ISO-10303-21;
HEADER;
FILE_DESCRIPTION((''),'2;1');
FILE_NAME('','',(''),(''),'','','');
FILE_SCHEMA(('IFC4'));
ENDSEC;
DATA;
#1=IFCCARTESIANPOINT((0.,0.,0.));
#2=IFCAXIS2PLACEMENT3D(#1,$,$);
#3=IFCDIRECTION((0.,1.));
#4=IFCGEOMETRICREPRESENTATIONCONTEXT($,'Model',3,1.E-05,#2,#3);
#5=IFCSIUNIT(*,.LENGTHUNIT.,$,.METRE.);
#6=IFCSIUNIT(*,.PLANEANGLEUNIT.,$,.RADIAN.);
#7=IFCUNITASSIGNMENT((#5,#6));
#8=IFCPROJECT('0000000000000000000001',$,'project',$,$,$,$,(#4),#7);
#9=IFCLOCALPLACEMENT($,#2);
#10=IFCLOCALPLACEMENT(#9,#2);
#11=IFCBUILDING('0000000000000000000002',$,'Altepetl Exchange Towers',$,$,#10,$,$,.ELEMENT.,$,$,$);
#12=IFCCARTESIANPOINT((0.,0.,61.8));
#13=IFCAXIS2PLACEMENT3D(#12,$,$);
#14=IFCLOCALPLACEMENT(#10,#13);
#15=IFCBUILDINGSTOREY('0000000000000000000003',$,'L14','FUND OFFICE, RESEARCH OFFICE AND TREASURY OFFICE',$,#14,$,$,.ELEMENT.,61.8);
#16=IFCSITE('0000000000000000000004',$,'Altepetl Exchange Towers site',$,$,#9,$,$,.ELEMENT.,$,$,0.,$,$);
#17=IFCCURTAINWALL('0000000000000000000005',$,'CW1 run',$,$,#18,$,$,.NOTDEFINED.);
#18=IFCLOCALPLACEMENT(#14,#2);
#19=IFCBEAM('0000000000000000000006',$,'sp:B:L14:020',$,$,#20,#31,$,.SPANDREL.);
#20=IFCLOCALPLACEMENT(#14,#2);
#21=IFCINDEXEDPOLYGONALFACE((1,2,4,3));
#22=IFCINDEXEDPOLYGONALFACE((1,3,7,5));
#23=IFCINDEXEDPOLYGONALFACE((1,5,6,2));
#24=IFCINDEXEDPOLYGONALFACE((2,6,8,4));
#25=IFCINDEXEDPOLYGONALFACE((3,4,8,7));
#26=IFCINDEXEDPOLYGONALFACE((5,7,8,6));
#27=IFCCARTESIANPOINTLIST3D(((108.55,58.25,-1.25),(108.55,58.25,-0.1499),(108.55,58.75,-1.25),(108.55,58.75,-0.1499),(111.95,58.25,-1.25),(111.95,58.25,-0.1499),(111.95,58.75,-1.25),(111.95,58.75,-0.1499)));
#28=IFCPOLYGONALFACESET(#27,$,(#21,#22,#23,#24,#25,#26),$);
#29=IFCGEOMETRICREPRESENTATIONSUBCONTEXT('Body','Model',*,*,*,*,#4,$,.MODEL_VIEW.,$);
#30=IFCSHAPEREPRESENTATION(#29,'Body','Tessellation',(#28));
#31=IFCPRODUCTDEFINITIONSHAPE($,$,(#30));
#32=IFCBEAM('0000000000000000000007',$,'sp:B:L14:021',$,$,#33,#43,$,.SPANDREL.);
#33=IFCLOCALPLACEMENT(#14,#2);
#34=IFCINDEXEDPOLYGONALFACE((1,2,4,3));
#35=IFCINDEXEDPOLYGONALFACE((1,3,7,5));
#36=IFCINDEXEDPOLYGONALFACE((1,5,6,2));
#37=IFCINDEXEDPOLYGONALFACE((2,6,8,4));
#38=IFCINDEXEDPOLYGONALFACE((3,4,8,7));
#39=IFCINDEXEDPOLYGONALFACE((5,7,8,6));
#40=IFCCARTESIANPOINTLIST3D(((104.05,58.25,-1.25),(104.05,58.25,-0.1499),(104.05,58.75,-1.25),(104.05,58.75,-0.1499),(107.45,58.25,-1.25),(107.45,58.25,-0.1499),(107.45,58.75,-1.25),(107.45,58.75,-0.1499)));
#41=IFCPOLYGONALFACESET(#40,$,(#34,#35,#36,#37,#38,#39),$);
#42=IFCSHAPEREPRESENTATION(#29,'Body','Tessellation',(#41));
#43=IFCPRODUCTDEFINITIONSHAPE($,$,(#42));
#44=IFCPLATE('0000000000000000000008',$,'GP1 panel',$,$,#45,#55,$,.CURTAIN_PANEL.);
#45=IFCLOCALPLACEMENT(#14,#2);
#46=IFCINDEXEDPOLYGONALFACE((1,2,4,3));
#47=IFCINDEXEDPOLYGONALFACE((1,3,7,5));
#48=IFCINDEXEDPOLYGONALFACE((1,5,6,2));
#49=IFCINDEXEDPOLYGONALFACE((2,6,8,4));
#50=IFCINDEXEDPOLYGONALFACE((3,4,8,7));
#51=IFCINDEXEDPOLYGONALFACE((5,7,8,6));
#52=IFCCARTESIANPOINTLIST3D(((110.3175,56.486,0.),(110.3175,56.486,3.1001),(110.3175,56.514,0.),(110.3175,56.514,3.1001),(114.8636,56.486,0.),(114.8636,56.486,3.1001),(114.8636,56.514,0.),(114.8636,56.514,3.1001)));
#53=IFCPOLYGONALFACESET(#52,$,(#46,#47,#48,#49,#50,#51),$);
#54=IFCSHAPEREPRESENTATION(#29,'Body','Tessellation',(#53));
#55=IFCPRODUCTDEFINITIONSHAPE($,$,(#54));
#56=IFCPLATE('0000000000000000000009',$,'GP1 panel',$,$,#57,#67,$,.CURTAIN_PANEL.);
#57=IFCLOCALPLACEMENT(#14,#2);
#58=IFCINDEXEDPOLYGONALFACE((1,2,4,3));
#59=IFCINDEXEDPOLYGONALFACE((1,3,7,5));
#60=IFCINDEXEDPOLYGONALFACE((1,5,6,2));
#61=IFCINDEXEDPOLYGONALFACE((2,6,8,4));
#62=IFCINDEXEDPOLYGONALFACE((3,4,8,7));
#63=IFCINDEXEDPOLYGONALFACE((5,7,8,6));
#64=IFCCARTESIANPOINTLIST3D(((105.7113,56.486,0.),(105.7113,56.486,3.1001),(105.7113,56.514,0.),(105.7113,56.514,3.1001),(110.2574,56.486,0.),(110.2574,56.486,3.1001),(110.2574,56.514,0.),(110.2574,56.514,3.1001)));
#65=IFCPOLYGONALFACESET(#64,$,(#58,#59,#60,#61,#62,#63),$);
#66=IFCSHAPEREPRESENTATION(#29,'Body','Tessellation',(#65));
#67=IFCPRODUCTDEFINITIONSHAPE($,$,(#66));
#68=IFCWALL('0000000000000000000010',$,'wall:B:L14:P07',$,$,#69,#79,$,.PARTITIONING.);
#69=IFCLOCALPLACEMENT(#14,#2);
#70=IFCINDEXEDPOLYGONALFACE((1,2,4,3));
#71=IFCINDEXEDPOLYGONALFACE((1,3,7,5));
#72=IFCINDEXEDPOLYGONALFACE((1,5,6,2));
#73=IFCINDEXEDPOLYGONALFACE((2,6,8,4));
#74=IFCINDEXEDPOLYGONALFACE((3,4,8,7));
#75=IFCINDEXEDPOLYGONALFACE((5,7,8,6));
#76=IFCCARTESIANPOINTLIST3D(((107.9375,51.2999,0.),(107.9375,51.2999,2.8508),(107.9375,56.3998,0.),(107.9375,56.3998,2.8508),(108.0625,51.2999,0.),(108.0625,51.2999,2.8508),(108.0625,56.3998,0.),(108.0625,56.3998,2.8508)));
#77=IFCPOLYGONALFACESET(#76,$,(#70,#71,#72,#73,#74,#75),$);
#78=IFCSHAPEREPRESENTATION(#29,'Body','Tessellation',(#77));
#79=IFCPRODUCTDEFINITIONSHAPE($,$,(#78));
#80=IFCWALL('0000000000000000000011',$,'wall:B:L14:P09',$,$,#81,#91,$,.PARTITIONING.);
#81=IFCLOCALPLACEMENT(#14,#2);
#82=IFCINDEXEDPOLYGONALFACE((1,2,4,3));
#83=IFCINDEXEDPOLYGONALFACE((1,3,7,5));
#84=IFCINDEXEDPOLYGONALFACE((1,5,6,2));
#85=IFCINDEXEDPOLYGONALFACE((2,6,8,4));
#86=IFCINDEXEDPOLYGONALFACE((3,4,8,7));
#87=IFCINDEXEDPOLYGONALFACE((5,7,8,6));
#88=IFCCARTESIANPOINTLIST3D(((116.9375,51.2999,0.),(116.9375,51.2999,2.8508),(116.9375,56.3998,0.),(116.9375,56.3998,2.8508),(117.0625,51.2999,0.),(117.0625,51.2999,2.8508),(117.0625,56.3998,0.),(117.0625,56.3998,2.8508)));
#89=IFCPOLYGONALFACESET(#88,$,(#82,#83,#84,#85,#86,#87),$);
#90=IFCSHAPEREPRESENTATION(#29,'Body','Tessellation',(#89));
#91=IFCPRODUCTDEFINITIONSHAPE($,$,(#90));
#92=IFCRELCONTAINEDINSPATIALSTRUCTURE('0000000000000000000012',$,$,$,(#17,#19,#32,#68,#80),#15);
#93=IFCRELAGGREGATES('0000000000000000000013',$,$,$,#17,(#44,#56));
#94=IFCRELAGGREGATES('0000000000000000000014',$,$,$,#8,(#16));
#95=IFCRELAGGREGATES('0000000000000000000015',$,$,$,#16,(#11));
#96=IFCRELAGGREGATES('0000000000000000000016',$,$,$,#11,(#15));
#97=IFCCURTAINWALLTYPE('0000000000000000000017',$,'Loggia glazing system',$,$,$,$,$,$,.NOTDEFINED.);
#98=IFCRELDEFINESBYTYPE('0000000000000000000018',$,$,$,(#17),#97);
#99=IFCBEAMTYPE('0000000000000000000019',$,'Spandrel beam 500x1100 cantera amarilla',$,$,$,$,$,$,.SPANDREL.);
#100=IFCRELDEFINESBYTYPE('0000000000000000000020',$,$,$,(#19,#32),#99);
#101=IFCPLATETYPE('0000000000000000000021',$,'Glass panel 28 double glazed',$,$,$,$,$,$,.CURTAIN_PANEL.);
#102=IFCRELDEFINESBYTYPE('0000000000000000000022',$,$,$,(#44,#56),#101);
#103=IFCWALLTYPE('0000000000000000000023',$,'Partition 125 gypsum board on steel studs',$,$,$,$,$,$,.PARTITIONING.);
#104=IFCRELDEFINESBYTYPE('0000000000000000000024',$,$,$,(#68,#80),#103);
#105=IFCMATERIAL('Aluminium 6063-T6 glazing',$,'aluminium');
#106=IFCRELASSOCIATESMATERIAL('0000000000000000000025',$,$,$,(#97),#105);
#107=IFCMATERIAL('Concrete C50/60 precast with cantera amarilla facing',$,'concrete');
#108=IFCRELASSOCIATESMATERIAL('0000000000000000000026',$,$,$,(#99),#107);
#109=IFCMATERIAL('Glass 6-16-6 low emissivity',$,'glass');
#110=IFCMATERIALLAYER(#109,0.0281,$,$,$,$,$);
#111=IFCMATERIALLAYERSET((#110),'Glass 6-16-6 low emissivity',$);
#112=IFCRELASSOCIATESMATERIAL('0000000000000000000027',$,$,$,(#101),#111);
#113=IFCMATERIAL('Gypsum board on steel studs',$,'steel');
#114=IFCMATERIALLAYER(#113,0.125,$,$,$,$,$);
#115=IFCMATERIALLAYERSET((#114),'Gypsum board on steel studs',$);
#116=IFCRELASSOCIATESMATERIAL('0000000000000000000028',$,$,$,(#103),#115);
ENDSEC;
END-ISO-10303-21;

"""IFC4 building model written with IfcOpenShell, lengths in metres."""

from ifc_helpers import new_model, si_unit, direction, frame, frame_2d, origin, origin_2d, place, context, subcontext, project, spatial, rectangle, extrude, material, layer, layer_set, material_profile, profile_set, type_object, element, aggregate, save


model = new_model("IFC4")

# Units and contexts
model_context = context("Model", 3, precision=1e-05, world=origin(), true_north=direction((0.0, 1.0)))
body_context = subcontext(model_context, "Body", "Model", "MODEL_VIEW")
ifc_project = project(units=[si_unit("LENGTHUNIT", "METRE"), si_unit("PLANEANGLEUNIT", "RADIAN")], contexts=[model_context])

# Site, building, storey
site_placement = place(None, origin())
site = spatial("IfcSite", under=ifc_project, at=site_placement, Name="Altepetl Exchange Towers site", CompositionType="ELEMENT", RefElevation=0.0)
building_placement = place(site_placement, origin())
building = spatial("IfcBuilding", under=site, at=building_placement, Name="Altepetl Exchange Towers", CompositionType="ELEMENT")
storey_placement = place(building_placement, frame((0.0, 0.0, 61.8)))
storey = spatial("IfcBuildingStorey", under=building, at=storey_placement, Name="L14", Description="FUND OFFICE, RESEARCH OFFICE AND TREASURY OFFICE", CompositionType="ELEMENT", Elevation=61.8)

# Curtain wall
ifc_material_1 = material(Name="Aluminium 6063-T6 glazing", Category="aluminium")
curtain_wall_type = type_object("IfcCurtainWallType", Name="Loggia glazing system", PredefinedType="NOTDEFINED", material=ifc_material_1)
curtain_wall_placement = place(storey_placement, origin())
curtain_wall = element("IfcCurtainWall", 1, at=curtain_wall_placement, inside=storey, type_object=curtain_wall_type, Name="CW1 run", PredefinedType="NOTDEFINED")

# Beams
ifc_material_2 = material(Name="Concrete C50/60 precast with cantera amarilla facing", Category="concrete")
ifc_material_profile_1 = material_profile(ifc_material_2, rectangle(XDim=0.5, YDim=1.1001, at=origin_2d()), Name="500 x 1100")
ifc_profile_set_1 = profile_set([ifc_material_profile_1], Name="Concrete C50/60 precast with cantera amarilla facing")
beam_type_1 = type_object("IfcBeamType", Name="Spandrel beam 500x1100 cantera amarilla", PredefinedType="SPANDREL", material=ifc_profile_set_1)
for number, where, z_axis, x_axis, name in (
    (2, (111.95, 58.5, -0.7), (-1.0, 0.0, 0.0), (0.0, -1.0, 0.0), "sp:B:L14:020"),
    (3, (107.45, 58.5, -0.7), (-1.0, 0.0, 0.0), (0.0, -1.0, 0.0), "sp:B:L14:021"),
):
    element("IfcBeam", number, at=place(storey_placement, frame(where, z_axis=z_axis, x_axis=x_axis)), inside=storey, type_object=beam_type_1, Name=name, PredefinedType="SPANDREL", context=body_context, shape_type="SweptSolid", body=[
        extrude(rectangle(XDim=0.5, YDim=1.1001, at=origin_2d()), origin(), (0.0, 0.0, 1.0), 3.3999),
    ])

# Plates
ifc_material_3 = material(Name="Glass 6-16-6 low emissivity", Category="glass")
ifc_layer_1 = layer(ifc_material_3, 0.0281)
ifc_layer_set_1 = layer_set([ifc_layer_1], Name="Glass 6-16-6 low emissivity")
plate_type = type_object("IfcPlateType", Name="Glass panel 28 double glazed", PredefinedType="CURTAIN_PANEL", material=ifc_layer_set_1)
plate_1_placement = place(storey_placement, frame((112.5906, 56.5, 0.0), z_axis=(0.0, 0.0, 1.0), x_axis=(-1.0, 0.0, 0.0)))
plate_1 = element("IfcPlate", 4, at=plate_1_placement, type_object=plate_type, Name="GP1 panel", PredefinedType="CURTAIN_PANEL", context=body_context, shape_type="SweptSolid", body=[
    extrude(rectangle(XDim=4.5461, YDim=0.0281, at=origin_2d()), origin(), (0.0, 0.0, 1.0), 3.1001),
])
plate_2_placement = place(storey_placement, frame((107.9844, 56.5, 0.0), z_axis=(0.0, 0.0, 1.0), x_axis=(-1.0, 0.0, 0.0)))
plate_2 = element("IfcPlate", 5, at=plate_2_placement, type_object=plate_type, Name="GP1 panel", PredefinedType="CURTAIN_PANEL", context=body_context, shape_type="SweptSolid", body=[
    extrude(rectangle(XDim=4.5461, YDim=0.0281, at=origin_2d()), origin(), (0.0, 0.0, 1.0), 3.1001),
])
aggregate(curtain_wall, [plate_1, plate_2])

# Walls
ifc_material_4 = material(Name="Gypsum board on steel studs", Category="steel")
ifc_layer_2 = layer(ifc_material_4, 0.125)
ifc_layer_set_2 = layer_set([ifc_layer_2], Name="Gypsum board on steel studs")
wall_type = type_object("IfcWallType", Name="Partition 125 gypsum board on steel studs", PredefinedType="PARTITIONING", material=ifc_layer_set_2)
for number, where, z_axis, x_axis, name in (
    (6, (108.0, 51.3, 0.0), (0.0, 0.0, 1.0), (0.0, 1.0, 0.0), "wall:B:L14:P07"),
    (7, (117.0, 51.3, 0.0), (0.0, 0.0, 1.0), (0.0, 1.0, 0.0), "wall:B:L14:P09"),
):
    element("IfcWall", number, at=place(storey_placement, frame(where, z_axis=z_axis, x_axis=x_axis)), inside=storey, type_object=wall_type, Name=name, PredefinedType="PARTITIONING", context=body_context, shape_type="SweptSolid", body=[
        extrude(rectangle(XDim=5.0999, YDim=0.125, at=frame_2d((2.5498, 0.0))), origin(), (0.0, 0.0, 1.0), 2.8508),
    ])

save(model, "model.ifc")
